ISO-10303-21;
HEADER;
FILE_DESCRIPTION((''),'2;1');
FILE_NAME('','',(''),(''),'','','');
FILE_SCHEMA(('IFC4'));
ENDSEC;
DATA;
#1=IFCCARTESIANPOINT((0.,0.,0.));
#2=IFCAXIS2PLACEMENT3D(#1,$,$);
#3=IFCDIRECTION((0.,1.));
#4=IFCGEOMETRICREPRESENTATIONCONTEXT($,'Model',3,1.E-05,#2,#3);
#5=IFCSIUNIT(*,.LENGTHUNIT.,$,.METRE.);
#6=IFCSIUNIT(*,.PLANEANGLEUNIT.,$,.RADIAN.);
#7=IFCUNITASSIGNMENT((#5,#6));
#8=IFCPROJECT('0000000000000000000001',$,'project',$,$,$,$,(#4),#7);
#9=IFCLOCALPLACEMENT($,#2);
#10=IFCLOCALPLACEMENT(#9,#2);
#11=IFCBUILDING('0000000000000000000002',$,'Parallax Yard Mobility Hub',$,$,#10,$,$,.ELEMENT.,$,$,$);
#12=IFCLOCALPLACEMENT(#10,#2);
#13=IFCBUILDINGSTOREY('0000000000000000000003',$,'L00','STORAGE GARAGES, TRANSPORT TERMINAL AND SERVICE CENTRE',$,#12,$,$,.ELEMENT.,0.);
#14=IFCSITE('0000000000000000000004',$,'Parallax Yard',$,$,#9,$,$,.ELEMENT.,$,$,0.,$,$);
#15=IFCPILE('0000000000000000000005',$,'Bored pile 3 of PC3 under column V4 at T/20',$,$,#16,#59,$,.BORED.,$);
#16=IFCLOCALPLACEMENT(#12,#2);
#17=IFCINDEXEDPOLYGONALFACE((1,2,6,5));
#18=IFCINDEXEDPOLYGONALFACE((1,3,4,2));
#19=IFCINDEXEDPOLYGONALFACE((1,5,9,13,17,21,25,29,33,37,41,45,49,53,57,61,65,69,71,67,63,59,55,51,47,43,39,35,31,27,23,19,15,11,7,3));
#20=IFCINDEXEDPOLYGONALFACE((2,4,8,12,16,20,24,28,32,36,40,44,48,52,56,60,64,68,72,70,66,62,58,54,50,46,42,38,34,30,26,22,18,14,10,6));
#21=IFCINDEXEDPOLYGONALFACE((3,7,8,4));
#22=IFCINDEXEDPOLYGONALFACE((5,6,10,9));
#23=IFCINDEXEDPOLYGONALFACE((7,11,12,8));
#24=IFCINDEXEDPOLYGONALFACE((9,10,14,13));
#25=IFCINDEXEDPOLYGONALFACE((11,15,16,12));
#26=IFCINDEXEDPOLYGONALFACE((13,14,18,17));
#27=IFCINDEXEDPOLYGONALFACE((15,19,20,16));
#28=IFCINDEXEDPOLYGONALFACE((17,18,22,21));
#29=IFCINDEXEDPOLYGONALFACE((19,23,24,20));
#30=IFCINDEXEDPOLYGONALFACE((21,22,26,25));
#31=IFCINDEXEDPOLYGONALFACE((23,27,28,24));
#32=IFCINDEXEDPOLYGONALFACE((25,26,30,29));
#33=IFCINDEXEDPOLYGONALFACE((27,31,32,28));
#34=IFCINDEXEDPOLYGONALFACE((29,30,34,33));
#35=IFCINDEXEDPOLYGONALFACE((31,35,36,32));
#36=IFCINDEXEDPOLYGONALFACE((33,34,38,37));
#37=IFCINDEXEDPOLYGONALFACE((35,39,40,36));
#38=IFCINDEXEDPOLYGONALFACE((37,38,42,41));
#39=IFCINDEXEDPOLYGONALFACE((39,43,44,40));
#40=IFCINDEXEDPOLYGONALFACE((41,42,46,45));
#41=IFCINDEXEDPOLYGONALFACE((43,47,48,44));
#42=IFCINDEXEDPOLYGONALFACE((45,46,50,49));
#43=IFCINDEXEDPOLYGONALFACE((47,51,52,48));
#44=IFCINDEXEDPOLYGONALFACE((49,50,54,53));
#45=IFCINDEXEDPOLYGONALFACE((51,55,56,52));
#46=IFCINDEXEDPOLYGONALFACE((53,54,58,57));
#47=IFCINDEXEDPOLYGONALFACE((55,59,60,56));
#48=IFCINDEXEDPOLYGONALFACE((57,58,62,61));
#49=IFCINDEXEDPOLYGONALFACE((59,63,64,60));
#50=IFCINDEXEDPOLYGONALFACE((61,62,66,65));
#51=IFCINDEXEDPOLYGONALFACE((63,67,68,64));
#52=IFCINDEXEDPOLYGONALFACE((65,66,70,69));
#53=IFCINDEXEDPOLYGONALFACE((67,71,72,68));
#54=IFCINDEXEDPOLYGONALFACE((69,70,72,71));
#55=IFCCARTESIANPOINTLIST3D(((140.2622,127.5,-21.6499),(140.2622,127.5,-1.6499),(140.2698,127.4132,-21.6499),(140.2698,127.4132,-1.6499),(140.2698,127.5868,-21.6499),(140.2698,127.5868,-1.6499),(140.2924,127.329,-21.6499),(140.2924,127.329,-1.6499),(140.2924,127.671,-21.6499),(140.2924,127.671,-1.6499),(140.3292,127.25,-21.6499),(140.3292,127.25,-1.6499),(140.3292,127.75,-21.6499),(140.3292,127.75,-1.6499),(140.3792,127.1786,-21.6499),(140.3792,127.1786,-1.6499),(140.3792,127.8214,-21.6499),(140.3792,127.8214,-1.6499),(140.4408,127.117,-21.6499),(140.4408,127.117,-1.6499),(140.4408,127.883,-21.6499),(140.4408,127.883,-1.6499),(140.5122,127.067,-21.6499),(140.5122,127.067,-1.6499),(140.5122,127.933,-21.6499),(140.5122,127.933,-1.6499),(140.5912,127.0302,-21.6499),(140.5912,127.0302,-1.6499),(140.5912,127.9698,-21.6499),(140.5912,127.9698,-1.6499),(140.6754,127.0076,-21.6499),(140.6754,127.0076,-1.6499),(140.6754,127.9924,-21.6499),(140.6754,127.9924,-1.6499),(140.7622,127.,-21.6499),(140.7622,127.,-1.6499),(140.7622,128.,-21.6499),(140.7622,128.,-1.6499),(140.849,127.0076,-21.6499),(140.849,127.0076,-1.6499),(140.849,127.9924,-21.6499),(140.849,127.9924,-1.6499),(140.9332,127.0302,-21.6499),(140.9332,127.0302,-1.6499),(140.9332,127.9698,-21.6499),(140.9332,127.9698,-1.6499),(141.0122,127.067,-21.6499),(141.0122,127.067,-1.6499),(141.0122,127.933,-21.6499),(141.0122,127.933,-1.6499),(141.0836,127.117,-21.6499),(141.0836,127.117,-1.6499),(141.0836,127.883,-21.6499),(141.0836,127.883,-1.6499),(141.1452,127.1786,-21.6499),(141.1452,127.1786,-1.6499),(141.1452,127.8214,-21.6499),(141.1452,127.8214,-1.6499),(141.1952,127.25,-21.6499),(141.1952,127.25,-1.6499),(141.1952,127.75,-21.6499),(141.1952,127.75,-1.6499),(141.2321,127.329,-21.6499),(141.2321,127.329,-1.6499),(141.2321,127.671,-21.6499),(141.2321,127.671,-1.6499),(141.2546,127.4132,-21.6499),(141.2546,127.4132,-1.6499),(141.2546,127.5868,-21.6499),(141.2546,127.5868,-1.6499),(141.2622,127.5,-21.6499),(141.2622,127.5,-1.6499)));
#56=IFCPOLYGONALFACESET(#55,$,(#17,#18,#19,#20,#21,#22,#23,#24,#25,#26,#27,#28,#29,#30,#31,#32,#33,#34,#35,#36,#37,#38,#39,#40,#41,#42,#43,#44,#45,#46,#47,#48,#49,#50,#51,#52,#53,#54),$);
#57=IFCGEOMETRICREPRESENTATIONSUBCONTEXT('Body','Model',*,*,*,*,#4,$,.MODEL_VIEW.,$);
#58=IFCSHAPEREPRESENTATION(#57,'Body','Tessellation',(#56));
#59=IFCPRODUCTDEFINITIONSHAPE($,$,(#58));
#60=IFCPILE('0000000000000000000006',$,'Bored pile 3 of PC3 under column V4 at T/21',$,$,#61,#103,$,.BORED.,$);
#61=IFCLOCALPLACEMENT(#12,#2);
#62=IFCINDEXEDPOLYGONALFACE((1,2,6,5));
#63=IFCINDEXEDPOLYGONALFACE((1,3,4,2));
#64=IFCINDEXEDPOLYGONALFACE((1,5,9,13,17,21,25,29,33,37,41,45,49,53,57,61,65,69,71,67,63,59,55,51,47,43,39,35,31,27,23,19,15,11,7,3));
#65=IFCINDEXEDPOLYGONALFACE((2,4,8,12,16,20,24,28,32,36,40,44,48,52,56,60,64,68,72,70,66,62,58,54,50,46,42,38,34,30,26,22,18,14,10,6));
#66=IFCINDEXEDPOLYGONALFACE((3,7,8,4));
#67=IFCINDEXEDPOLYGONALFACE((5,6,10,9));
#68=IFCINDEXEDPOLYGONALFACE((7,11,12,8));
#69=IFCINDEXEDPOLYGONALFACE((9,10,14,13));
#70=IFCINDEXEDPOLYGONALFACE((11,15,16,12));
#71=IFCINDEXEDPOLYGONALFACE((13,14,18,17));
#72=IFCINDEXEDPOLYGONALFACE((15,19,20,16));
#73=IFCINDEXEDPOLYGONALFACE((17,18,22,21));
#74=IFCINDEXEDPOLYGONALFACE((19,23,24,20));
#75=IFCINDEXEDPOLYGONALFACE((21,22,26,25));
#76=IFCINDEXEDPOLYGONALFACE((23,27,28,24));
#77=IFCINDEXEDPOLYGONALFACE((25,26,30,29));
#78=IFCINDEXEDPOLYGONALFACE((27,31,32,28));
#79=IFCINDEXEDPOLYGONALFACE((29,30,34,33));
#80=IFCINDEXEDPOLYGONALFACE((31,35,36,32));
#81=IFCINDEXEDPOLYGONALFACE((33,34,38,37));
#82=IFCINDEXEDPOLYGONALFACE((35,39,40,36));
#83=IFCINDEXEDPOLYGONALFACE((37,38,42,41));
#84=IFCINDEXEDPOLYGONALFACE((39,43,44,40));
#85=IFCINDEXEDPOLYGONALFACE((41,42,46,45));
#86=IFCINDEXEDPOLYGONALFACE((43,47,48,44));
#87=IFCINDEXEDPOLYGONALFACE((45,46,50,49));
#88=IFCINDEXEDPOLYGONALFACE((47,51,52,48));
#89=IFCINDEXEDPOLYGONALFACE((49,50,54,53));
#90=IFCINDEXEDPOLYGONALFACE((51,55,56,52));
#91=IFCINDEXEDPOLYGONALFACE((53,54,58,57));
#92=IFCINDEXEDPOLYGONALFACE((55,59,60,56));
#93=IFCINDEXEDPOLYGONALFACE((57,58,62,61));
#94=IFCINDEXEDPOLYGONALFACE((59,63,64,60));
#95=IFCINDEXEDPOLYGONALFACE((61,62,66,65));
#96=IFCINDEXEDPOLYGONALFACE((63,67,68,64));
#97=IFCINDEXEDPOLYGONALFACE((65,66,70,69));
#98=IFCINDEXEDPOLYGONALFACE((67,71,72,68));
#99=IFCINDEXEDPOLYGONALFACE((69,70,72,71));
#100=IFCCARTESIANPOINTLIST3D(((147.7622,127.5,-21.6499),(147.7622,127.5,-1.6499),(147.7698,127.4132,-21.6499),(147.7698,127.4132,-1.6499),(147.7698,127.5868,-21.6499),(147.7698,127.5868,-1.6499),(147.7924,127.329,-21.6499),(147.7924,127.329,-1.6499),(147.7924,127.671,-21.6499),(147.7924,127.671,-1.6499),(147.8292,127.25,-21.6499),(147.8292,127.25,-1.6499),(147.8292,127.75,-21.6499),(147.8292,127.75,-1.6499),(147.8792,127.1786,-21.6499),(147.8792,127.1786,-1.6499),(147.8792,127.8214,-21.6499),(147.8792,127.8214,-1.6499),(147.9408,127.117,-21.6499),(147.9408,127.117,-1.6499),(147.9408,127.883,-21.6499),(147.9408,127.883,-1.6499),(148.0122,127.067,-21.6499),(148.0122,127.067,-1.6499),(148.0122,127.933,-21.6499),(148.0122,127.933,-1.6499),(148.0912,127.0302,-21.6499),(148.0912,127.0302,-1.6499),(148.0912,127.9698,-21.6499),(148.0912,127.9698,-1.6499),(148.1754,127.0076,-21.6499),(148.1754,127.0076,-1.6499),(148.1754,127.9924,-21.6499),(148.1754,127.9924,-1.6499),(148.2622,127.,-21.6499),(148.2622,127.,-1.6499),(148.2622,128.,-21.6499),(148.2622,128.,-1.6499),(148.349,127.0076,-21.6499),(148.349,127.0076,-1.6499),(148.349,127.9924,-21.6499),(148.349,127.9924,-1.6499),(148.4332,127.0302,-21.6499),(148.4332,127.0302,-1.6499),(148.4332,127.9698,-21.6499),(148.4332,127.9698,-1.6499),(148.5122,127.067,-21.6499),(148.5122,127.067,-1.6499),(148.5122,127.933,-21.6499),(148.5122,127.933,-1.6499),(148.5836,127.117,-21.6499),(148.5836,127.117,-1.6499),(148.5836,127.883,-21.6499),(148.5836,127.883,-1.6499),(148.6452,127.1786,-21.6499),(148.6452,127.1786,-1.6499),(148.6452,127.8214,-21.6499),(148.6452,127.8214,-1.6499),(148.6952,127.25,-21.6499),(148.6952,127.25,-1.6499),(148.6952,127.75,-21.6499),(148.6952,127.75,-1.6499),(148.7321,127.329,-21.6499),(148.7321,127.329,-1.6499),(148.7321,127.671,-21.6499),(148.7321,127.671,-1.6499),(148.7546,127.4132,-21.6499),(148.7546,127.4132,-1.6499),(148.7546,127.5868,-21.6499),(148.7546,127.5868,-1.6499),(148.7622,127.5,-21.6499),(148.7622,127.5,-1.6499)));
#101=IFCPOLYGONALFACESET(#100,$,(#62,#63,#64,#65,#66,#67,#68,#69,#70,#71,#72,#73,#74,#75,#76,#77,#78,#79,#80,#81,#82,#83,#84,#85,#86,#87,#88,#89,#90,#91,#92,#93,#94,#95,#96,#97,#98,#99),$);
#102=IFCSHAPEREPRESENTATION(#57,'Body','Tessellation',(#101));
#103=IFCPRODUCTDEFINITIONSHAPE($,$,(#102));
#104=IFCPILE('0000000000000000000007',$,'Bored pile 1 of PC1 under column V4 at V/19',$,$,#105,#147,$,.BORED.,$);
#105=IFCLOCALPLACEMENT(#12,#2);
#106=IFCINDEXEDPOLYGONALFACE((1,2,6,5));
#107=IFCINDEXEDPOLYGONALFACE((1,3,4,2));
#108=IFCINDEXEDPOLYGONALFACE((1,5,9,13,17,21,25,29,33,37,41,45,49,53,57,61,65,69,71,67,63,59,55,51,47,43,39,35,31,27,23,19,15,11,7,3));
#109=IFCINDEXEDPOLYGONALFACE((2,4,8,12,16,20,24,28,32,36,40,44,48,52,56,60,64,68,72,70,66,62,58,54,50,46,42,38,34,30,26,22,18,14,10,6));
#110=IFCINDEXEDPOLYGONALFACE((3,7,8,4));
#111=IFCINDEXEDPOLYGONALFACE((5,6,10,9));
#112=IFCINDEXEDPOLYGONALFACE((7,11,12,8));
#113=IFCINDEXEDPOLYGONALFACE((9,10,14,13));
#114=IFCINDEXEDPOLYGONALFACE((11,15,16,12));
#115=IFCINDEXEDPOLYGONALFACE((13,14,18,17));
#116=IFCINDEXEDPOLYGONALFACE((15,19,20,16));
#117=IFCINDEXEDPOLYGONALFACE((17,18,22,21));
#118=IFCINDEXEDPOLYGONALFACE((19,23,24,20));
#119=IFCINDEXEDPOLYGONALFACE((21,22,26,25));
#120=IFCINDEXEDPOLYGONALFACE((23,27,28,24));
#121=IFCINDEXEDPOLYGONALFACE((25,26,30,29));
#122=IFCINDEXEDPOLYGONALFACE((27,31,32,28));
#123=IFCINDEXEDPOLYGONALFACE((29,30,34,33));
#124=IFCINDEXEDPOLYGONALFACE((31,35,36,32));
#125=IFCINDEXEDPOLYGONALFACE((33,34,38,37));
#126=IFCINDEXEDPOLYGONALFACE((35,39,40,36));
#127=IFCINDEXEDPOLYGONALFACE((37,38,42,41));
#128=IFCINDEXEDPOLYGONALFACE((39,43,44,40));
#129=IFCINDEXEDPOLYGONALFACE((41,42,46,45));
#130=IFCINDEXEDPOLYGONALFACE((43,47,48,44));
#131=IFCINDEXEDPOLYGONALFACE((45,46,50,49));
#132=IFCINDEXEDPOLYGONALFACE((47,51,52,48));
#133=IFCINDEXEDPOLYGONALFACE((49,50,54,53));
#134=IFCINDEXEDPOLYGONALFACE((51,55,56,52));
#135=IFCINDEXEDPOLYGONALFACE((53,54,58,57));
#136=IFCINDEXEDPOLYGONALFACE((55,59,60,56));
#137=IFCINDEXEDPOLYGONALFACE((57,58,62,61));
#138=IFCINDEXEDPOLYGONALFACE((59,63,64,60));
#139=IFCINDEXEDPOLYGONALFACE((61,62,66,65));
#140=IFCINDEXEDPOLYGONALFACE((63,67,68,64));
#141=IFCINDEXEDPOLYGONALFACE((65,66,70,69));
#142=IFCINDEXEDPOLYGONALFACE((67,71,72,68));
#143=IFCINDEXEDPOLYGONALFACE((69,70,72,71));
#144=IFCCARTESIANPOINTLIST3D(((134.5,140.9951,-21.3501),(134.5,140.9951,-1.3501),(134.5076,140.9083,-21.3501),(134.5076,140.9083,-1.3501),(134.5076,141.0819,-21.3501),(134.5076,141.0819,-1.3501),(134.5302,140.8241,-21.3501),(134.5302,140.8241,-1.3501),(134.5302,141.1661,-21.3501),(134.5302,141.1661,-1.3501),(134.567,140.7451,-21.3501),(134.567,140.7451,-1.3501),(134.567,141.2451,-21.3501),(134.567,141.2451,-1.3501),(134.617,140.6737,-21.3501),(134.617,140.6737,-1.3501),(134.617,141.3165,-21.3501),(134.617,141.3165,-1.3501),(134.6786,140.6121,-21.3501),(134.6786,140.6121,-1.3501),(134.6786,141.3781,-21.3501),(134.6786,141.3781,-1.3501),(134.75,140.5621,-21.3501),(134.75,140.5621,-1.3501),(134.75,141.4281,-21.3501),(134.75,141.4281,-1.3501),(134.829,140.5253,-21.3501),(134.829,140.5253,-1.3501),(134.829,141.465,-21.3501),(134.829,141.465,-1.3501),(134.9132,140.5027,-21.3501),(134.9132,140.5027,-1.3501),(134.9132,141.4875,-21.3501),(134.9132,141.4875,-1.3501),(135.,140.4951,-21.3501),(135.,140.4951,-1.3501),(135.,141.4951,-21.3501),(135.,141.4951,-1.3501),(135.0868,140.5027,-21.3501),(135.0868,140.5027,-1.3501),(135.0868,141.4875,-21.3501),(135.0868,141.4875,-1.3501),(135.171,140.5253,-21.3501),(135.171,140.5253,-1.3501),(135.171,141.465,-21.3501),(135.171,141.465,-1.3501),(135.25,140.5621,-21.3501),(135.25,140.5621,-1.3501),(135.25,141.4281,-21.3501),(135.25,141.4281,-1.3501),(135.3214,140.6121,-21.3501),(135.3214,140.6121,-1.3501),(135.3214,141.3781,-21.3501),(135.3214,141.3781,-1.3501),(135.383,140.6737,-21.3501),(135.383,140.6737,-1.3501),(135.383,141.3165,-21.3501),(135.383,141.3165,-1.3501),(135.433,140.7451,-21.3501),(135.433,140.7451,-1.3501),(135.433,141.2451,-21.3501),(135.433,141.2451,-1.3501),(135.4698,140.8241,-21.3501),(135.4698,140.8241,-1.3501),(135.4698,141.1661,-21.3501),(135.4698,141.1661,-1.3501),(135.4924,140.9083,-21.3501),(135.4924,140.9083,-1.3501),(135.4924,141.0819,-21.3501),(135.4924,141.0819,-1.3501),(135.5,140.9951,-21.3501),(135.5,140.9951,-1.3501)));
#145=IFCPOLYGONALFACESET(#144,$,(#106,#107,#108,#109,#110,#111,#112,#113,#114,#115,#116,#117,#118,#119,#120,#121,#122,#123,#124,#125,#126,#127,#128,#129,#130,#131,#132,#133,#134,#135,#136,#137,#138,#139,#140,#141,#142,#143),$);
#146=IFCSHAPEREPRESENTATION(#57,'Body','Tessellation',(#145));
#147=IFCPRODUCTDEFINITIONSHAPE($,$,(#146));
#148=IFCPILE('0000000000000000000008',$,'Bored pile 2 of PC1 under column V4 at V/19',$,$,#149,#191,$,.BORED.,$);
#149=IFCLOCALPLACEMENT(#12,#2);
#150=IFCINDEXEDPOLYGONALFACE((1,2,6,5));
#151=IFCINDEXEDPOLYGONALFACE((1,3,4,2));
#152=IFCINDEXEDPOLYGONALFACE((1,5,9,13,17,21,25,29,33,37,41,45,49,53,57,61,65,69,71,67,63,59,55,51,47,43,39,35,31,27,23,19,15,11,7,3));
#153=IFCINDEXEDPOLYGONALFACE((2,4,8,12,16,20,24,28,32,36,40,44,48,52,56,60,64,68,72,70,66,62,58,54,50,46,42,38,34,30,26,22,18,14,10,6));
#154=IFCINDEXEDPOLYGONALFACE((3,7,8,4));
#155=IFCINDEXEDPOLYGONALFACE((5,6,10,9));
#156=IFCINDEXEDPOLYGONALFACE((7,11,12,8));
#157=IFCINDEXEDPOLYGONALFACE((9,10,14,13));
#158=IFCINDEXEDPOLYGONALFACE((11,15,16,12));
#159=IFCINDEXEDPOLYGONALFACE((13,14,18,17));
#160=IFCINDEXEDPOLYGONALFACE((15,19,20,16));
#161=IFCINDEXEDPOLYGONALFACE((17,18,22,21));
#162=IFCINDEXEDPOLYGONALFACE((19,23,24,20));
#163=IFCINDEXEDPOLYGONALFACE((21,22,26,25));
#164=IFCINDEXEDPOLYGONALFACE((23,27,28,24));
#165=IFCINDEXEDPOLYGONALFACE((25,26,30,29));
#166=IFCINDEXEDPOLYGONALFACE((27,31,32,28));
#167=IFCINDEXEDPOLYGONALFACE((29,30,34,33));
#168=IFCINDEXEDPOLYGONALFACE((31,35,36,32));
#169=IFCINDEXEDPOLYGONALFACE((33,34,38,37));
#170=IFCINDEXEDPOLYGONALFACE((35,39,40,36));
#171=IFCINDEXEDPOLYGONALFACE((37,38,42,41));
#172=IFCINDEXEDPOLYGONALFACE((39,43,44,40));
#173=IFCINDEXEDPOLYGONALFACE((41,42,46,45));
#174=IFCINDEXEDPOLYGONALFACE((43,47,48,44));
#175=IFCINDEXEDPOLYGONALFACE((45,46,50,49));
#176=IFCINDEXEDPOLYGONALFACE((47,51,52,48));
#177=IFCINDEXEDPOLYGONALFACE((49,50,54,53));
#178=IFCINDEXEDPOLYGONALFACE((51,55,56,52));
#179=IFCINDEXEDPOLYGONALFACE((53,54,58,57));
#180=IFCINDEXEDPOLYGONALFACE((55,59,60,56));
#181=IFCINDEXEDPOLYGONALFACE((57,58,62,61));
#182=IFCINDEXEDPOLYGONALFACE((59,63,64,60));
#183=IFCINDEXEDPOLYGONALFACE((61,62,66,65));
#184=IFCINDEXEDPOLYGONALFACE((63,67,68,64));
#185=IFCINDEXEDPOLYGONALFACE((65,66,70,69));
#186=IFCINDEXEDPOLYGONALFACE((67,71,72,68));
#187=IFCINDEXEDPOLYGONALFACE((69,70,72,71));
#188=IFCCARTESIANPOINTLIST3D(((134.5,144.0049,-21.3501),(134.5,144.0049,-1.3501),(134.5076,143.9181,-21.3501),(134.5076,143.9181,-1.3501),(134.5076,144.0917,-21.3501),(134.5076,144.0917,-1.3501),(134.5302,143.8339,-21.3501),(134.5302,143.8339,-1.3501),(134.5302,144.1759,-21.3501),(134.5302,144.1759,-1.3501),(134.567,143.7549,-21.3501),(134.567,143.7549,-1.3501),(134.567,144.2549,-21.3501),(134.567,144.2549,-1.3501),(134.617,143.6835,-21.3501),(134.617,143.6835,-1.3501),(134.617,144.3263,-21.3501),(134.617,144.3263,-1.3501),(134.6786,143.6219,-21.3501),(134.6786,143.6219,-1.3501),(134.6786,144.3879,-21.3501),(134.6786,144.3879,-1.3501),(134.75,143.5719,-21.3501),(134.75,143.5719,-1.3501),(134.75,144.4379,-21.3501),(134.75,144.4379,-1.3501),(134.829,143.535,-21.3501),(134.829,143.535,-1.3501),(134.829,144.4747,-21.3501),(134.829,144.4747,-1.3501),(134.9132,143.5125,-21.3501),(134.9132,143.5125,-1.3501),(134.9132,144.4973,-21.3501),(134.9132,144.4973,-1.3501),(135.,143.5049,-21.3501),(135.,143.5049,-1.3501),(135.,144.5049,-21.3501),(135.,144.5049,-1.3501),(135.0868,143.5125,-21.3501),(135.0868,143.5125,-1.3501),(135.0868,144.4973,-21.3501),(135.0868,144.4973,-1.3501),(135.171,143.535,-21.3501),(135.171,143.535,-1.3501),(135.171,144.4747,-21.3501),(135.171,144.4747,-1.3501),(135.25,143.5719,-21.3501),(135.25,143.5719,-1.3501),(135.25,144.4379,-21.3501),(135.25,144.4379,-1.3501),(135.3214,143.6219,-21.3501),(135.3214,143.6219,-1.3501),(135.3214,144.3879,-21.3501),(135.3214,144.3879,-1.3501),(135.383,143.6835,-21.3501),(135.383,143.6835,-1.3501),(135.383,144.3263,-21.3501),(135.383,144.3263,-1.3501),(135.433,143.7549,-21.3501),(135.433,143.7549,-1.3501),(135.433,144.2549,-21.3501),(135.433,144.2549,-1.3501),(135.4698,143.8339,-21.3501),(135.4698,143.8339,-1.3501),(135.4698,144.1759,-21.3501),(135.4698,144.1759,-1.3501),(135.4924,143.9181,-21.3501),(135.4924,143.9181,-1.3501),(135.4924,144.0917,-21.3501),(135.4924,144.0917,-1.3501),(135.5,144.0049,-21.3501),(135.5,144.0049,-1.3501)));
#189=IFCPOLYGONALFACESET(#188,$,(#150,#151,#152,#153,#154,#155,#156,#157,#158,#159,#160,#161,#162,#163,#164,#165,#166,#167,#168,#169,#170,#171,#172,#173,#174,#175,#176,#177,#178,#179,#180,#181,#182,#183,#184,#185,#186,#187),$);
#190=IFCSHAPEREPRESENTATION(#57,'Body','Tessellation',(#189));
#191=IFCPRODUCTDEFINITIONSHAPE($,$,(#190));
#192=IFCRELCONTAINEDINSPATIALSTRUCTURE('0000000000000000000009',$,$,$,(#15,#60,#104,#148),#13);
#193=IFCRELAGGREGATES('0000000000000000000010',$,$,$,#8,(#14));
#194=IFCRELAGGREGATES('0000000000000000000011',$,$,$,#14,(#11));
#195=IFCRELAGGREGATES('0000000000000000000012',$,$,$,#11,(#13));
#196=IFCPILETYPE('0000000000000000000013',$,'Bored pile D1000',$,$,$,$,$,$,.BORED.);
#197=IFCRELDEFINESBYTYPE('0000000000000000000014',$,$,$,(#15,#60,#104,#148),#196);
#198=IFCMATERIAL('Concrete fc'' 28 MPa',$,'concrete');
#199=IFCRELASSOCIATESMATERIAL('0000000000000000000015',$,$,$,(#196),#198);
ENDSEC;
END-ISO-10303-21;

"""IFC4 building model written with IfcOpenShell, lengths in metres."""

from ifc_helpers import new_model, si_unit, direction, frame, origin, origin_2d, place, context, subcontext, project, spatial, circle, extrude, material, material_profile, profile_set, type_object, element, save


model = new_model("IFC4")

# Units and contexts
model_context = context("Model", 3, precision=1e-05, world=origin(), true_north=direction((0.0, 1.0)))
body_context = subcontext(model_context, "Body", "Model", "MODEL_VIEW")
ifc_project = project(units=[si_unit("LENGTHUNIT", "METRE"), si_unit("PLANEANGLEUNIT", "RADIAN")], contexts=[model_context])

# Site, building, storey
site_placement = place(None, origin())
site = spatial("IfcSite", under=ifc_project, at=site_placement, Name="Parallax Yard", CompositionType="ELEMENT", RefElevation=0.0)
building_placement = place(site_placement, origin())
building = spatial("IfcBuilding", under=site, at=building_placement, Name="Parallax Yard Mobility Hub", CompositionType="ELEMENT")
storey_placement = place(building_placement, origin())
storey = spatial("IfcBuildingStorey", under=building, at=storey_placement, Name="L00", Description="STORAGE GARAGES, TRANSPORT TERMINAL AND SERVICE CENTRE", CompositionType="ELEMENT", Elevation=0.0)

# Piles
ifc_material_1 = material(Name="Concrete fc' 28 MPa", Category="concrete")
ifc_material_profile_1 = material_profile(ifc_material_1, circle(Radius=0.5, at=origin_2d()), Name="Bored pile D1000")
ifc_profile_set_1 = profile_set([ifc_material_profile_1], Name="Concrete fc' 28 MPa")
pile_type = type_object("IfcPileType", Name="Bored pile D1000", PredefinedType="BORED", material=ifc_profile_set_1)
for number, where, z_axis, x_axis, name in (
    (1, (140.7622, 127.5, -1.6499), (0.0, 0.0, -1.0), (1.0, 0.0, 0.0), "Bored pile 3 of PC3 under column V4 at T/20"),
    (2, (148.2622, 127.5, -1.6499), (0.0, 0.0, -1.0), (1.0, 0.0, 0.0), "Bored pile 3 of PC3 under column V4 at T/21"),
    (3, (135.0, 140.9951, -1.3501), (0.0, 0.0, -1.0), (1.0, 0.0, 0.0), "Bored pile 1 of PC1 under column V4 at V/19"),
    (4, (135.0, 144.0049, -1.3501), (0.0, 0.0, -1.0), (1.0, 0.0, 0.0), "Bored pile 2 of PC1 under column V4 at V/19"),
):
    element("IfcPile", number, at=place(storey_placement, frame(where, z_axis=z_axis, x_axis=x_axis)), inside=storey, type_object=pile_type, Name=name, PredefinedType="BORED", context=body_context, shape_type="SweptSolid", body=[
        extrude(circle(Radius=0.5, at=origin_2d()), origin(), (0.0, 0.0, 1.0), 20.0),
    ])

save(model, "model.ifc")
